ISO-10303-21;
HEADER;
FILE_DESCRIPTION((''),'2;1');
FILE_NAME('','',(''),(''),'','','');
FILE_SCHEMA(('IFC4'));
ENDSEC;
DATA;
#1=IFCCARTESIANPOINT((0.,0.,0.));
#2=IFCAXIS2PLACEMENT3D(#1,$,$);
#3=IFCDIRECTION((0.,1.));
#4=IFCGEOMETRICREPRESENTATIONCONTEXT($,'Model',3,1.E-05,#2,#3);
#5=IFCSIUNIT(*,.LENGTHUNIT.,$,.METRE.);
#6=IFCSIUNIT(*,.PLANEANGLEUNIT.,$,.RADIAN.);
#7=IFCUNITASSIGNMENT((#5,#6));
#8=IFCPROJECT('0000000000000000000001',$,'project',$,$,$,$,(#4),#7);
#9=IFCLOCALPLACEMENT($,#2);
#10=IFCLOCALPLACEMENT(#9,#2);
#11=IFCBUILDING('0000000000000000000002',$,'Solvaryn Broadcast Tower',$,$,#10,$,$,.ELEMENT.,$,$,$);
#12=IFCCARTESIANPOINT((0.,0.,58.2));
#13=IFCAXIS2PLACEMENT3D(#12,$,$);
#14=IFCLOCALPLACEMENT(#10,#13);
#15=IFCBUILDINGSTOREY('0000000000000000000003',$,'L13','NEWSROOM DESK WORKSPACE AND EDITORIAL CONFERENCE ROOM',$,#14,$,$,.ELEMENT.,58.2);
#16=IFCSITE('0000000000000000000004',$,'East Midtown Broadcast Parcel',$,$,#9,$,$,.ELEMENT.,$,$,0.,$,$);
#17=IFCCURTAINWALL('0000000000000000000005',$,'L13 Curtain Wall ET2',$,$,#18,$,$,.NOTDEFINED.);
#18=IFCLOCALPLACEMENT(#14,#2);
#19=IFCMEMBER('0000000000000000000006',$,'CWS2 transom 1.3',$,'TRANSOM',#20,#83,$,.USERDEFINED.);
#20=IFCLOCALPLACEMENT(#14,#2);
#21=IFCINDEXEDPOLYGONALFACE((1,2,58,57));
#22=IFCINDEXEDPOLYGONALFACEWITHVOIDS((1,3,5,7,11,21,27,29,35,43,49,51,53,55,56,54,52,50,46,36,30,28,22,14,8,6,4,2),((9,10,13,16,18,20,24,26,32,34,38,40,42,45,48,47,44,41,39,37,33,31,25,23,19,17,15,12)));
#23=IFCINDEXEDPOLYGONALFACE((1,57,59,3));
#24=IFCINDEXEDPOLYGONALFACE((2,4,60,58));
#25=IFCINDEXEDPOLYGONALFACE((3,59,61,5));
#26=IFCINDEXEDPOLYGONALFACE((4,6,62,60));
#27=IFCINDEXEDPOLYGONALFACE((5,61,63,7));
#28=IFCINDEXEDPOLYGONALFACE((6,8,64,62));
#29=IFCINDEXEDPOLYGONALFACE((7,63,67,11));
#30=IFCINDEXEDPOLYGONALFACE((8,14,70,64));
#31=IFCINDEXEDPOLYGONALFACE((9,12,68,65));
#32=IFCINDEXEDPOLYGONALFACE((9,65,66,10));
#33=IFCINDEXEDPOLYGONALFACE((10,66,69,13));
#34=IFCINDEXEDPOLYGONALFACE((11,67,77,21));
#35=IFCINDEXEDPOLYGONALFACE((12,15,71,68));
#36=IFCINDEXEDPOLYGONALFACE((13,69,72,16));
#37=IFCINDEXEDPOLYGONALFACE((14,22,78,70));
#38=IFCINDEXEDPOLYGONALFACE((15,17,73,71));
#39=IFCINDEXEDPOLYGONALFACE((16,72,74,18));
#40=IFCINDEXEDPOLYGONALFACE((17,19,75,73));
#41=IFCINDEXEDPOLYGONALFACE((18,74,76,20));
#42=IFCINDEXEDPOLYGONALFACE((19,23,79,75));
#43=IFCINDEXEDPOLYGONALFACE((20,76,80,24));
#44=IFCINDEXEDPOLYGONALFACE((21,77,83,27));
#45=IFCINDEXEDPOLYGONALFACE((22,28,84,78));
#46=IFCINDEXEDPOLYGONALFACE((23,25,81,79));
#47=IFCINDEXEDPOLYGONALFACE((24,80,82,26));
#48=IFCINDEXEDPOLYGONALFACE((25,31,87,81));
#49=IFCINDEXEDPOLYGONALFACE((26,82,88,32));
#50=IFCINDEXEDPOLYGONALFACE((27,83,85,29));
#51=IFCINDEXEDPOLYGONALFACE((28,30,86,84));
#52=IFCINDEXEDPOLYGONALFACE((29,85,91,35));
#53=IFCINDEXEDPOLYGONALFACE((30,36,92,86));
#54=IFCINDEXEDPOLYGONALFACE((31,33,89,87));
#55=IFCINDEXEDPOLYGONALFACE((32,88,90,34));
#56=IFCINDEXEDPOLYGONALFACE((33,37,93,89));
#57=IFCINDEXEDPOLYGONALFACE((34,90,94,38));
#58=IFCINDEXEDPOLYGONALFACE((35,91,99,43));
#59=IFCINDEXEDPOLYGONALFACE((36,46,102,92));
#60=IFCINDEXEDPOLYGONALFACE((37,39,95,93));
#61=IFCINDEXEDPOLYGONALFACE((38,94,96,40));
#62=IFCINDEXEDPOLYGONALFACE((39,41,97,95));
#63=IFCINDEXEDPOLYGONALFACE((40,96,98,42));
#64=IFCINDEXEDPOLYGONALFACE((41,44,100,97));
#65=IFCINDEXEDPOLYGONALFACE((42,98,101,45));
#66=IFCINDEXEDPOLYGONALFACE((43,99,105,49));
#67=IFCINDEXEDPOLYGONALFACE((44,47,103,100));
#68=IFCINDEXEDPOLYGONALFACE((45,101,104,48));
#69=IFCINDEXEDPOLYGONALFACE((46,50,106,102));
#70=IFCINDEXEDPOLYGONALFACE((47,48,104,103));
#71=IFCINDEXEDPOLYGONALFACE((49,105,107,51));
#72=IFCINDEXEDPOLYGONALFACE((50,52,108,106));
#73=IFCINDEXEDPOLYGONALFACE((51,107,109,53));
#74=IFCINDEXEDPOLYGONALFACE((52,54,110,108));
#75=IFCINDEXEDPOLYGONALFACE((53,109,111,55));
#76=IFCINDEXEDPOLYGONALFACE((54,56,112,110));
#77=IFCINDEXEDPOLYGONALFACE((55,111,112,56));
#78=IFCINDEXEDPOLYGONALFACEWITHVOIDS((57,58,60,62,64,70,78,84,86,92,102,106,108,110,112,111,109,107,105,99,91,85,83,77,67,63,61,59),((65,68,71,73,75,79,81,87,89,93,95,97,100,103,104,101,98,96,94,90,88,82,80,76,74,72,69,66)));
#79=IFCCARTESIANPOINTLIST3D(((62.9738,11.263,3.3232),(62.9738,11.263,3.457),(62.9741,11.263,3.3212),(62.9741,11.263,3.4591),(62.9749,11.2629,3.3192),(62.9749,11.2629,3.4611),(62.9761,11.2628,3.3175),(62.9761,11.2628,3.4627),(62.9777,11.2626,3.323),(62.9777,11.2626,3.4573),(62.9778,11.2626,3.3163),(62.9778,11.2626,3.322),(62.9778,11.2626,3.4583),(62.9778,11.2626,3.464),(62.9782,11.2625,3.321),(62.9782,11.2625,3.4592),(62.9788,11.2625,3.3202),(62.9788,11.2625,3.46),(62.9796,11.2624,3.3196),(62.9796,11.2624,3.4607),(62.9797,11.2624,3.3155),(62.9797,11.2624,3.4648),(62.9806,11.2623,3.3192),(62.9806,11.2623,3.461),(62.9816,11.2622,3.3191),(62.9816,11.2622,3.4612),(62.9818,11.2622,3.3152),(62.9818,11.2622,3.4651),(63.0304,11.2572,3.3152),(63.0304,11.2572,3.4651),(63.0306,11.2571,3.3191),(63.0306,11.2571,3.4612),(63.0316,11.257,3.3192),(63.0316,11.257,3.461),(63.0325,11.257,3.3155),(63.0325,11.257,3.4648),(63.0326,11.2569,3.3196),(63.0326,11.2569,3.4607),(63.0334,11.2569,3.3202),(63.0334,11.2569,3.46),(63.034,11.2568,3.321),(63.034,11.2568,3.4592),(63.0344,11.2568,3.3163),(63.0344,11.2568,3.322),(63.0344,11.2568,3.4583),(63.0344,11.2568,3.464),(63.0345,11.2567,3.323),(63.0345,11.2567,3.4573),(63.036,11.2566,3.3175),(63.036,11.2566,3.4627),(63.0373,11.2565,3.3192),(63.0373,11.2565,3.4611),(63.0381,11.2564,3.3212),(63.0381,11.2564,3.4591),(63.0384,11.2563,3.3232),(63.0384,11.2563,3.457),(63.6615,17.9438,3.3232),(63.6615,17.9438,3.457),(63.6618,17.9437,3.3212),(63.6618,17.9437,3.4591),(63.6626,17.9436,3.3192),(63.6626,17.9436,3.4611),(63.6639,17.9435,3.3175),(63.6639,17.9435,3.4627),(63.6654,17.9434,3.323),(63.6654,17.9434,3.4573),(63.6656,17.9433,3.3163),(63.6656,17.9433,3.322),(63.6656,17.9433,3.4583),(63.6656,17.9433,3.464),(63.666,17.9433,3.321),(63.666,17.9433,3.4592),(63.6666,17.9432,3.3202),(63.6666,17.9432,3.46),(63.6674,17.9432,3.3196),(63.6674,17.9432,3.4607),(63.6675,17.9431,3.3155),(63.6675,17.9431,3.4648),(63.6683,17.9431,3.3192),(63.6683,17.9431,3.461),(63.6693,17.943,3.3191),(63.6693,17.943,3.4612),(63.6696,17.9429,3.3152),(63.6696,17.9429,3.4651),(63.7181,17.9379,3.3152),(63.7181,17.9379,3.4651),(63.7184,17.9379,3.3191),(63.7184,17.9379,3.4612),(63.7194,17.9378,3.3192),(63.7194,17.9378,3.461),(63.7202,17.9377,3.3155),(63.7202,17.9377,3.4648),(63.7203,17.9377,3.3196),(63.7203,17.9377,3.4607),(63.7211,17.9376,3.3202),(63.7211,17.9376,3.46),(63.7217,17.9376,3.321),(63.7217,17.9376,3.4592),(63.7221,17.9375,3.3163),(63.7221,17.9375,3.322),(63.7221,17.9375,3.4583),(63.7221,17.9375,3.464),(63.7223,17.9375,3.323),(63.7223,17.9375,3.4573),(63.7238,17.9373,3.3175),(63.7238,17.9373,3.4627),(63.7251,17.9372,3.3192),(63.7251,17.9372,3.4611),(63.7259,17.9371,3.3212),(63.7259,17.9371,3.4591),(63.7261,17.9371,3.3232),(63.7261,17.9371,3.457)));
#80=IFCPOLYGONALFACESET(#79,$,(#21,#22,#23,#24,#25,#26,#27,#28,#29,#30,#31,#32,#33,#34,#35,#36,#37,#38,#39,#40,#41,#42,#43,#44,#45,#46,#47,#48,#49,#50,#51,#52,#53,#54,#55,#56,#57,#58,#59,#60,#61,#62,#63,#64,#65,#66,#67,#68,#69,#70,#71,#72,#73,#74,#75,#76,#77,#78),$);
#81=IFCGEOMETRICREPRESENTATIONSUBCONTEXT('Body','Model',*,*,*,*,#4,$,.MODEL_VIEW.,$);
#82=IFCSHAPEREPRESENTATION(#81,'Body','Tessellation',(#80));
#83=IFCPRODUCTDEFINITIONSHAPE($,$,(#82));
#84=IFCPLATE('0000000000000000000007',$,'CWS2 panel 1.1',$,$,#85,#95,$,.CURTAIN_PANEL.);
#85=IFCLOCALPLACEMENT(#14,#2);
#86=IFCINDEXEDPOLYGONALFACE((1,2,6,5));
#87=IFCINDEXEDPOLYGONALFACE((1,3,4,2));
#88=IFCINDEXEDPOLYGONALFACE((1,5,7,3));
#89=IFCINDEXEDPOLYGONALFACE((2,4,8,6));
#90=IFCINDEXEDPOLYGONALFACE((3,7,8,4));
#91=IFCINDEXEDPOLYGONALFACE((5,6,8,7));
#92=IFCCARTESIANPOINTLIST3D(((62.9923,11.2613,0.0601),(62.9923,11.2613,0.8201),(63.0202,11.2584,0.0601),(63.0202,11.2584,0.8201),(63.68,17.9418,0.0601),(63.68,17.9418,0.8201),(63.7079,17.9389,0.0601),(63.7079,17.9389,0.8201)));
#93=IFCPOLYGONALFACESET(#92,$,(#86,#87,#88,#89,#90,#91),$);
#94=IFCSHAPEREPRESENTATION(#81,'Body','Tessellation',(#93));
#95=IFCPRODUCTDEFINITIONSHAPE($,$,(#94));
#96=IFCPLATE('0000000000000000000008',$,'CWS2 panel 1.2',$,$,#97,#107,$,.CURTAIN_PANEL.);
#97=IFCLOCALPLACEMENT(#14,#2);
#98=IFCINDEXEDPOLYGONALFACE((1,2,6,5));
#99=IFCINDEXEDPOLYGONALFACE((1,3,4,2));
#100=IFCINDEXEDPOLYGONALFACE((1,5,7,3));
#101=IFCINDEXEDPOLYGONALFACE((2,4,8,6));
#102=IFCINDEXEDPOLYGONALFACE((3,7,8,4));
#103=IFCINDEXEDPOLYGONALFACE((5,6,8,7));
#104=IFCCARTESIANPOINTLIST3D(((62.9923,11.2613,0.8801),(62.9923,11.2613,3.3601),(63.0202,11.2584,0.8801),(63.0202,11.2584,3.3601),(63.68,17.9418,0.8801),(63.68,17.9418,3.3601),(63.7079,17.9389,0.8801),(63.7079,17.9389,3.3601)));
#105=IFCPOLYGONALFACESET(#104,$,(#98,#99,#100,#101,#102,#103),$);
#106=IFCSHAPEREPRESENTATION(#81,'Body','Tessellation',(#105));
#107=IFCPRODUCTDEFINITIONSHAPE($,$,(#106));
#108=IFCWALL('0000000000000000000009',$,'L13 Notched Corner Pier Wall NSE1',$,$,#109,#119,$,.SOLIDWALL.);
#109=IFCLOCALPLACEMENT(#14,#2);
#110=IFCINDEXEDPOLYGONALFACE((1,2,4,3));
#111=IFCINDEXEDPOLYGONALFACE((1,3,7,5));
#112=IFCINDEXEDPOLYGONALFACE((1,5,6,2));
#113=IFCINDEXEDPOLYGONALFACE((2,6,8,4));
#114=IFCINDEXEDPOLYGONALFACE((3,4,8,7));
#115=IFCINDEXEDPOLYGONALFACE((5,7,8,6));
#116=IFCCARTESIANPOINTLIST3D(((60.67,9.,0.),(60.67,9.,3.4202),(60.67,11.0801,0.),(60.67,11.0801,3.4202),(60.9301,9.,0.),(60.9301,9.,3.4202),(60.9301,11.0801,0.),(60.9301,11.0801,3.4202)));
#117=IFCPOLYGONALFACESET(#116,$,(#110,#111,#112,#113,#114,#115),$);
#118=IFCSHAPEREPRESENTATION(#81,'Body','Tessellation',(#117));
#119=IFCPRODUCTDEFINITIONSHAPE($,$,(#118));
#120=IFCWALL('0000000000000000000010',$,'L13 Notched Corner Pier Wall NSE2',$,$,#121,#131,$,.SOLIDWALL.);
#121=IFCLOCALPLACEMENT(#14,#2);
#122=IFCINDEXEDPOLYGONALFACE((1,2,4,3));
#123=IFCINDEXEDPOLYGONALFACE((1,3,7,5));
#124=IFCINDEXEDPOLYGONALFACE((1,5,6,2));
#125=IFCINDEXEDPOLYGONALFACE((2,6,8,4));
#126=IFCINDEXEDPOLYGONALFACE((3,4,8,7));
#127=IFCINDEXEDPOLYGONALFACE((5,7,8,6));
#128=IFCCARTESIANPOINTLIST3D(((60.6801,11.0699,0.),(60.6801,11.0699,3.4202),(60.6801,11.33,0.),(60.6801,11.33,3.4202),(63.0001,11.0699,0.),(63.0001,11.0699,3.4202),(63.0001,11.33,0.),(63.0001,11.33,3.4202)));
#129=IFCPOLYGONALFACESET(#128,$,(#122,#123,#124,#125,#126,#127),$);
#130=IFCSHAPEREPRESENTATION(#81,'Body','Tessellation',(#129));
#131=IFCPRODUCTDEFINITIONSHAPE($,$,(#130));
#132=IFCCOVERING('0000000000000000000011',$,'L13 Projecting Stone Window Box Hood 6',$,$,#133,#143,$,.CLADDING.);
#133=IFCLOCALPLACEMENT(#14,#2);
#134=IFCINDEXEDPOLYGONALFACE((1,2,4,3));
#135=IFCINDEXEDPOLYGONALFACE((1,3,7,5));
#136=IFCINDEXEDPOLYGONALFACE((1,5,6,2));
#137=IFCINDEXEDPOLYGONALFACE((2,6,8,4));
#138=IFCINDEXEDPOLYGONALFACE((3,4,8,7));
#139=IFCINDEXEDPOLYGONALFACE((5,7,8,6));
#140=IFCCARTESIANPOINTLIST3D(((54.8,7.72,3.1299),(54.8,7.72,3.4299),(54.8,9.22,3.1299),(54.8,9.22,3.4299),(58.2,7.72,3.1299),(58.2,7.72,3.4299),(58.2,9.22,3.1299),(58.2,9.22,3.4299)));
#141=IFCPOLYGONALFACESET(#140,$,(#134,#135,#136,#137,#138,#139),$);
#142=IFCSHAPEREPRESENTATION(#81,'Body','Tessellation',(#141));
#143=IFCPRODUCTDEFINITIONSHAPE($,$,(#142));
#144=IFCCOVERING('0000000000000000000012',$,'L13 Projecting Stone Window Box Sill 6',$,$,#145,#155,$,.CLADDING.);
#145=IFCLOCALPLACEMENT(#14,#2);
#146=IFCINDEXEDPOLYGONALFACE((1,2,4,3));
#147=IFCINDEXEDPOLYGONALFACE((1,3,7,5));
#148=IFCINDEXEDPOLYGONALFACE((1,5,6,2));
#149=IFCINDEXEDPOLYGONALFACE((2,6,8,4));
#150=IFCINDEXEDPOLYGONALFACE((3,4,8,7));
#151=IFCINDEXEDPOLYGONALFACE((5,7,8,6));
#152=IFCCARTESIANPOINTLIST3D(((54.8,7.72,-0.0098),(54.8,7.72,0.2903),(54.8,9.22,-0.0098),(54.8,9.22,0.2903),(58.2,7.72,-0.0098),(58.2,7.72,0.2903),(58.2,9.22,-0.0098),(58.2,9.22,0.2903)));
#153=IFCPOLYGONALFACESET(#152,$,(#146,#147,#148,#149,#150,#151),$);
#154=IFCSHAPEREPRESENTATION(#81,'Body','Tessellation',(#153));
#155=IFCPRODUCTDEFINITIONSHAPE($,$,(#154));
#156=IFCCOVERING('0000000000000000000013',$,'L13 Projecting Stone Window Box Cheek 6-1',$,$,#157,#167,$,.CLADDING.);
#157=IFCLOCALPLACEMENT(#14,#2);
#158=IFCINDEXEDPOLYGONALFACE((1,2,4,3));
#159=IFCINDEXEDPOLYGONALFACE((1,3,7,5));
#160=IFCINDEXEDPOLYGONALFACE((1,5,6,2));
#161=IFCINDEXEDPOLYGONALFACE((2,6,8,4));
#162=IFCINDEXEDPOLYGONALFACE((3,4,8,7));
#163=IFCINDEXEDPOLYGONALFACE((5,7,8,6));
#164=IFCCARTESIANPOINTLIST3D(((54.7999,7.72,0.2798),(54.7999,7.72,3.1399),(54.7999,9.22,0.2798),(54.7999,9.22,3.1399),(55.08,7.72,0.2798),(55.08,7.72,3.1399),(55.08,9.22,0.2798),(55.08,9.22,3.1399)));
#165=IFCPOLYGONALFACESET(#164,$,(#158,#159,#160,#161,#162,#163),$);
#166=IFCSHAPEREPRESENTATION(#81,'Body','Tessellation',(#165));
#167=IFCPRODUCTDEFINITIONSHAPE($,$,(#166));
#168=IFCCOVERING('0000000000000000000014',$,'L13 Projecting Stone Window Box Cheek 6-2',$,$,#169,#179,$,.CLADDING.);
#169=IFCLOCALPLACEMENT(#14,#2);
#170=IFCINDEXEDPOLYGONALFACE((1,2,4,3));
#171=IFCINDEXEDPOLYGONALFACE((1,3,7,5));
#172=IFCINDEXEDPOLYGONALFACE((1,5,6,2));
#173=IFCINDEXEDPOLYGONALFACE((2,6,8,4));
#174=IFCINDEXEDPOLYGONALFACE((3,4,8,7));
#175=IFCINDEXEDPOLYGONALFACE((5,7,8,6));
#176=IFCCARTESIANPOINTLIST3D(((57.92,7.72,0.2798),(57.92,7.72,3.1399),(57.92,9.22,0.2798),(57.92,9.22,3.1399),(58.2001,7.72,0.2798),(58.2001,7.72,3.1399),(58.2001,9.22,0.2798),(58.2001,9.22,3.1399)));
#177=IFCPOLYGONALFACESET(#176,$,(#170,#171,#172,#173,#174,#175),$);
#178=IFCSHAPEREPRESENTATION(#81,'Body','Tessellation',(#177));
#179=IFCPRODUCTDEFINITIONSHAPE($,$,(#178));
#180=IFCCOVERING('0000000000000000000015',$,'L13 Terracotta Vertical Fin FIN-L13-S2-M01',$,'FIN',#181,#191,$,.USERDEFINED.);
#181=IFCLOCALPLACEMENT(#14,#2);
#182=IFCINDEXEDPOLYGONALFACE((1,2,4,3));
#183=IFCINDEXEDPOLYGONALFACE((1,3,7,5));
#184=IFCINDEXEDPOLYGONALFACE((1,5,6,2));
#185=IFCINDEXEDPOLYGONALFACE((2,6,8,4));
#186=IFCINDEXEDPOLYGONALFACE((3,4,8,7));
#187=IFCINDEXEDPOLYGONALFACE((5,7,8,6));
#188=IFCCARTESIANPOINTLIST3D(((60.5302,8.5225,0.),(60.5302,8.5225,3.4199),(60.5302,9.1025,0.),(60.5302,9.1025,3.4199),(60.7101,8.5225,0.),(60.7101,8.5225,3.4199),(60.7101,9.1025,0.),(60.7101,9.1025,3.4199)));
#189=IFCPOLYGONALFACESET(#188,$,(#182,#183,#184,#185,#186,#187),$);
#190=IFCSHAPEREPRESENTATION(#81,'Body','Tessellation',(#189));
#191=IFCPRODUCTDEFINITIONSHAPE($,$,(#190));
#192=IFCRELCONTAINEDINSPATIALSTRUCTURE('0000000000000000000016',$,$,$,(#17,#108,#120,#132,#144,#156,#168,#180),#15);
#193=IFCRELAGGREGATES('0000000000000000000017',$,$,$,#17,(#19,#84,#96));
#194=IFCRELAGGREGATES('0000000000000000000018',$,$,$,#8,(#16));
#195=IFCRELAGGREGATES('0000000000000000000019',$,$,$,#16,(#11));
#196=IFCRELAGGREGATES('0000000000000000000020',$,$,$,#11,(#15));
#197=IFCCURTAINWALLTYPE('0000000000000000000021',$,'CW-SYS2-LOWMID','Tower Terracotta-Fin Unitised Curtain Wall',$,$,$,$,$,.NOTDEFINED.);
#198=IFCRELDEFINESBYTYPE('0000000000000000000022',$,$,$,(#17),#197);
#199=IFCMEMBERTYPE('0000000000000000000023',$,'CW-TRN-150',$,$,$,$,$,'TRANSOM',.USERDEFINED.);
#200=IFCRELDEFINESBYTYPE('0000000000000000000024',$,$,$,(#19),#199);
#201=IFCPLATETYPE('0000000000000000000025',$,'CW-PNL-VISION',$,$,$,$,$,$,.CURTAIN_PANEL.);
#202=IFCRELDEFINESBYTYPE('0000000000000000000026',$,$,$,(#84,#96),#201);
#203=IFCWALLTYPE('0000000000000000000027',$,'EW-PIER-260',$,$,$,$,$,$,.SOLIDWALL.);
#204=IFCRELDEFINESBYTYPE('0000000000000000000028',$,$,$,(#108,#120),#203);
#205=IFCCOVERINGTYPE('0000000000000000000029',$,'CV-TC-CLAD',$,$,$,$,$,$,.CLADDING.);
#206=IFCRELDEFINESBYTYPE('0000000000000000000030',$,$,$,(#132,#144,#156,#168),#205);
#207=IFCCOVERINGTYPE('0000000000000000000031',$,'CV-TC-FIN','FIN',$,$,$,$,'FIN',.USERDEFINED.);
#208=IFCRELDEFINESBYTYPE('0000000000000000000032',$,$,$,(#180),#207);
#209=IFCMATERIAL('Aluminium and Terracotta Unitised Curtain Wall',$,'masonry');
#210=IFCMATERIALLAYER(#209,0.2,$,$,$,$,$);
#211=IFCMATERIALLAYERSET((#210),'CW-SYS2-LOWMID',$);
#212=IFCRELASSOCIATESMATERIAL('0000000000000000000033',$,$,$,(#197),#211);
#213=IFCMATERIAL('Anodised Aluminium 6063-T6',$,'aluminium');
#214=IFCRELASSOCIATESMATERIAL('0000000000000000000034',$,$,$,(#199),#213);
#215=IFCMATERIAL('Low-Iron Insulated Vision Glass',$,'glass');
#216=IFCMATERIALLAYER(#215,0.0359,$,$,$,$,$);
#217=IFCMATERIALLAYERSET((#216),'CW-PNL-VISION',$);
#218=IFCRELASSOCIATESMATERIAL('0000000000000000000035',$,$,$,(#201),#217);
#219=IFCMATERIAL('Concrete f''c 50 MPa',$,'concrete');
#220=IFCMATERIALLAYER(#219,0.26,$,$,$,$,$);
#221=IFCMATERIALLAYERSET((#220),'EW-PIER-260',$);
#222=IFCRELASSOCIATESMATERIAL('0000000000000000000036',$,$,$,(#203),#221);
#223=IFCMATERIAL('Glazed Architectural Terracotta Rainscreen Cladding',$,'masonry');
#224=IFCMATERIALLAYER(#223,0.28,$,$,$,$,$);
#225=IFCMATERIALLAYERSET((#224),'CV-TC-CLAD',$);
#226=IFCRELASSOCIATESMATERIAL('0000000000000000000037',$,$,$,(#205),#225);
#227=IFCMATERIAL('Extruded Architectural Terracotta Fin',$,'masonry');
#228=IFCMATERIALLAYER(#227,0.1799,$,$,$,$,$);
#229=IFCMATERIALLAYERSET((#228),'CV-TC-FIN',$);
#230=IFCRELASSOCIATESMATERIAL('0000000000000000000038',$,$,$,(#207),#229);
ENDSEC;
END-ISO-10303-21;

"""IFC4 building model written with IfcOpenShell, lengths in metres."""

from ifc_helpers import new_model, si_unit, direction, frame, frame_2d, origin, origin_2d, place, context, subcontext, project, spatial, rectangle, hollow_rectangle, extrude, material, layer, layer_set, material_profile, profile_set, type_object, element, aggregate, save


model = new_model("IFC4")

# Units and contexts
model_context = context("Model", 3, precision=1e-05, world=origin(), true_north=direction((0.0, 1.0)))
body_context = subcontext(model_context, "Body", "Model", "MODEL_VIEW")
ifc_project = project(units=[si_unit("LENGTHUNIT", "METRE"), si_unit("PLANEANGLEUNIT", "RADIAN")], contexts=[model_context])

# Site, building, storey
site_placement = place(None, origin())
site = spatial("IfcSite", under=ifc_project, at=site_placement, Name="East Midtown Broadcast Parcel", CompositionType="ELEMENT", RefElevation=0.0)
building_placement = place(site_placement, origin())
building = spatial("IfcBuilding", under=site, at=building_placement, Name="Solvaryn Broadcast Tower", CompositionType="ELEMENT")
storey_placement = place(building_placement, frame((0.0, 0.0, 58.2)))
storey = spatial("IfcBuildingStorey", under=building, at=storey_placement, Name="L13", Description="NEWSROOM DESK WORKSPACE AND EDITORIAL CONFERENCE ROOM", CompositionType="ELEMENT", Elevation=58.2)

# Shared definitions
ifc_material_1 = material(Name="Aluminium and Terracotta Unitised Curtain Wall", Category="masonry")
ifc_layer_1 = layer(ifc_material_1, 0.2)
ifc_layer_set_1 = layer_set([ifc_layer_1], Name="CW-SYS2-LOWMID")
curtain_wall_type = type_object("IfcCurtainWallType", Name="CW-SYS2-LOWMID", Description="Tower Terracotta-Fin Unitised Curtain Wall", PredefinedType="NOTDEFINED", material=ifc_layer_set_1)

# Curtain wall, member, plates
curtain_wall_1_placement = place(storey_placement, origin())
curtain_wall_1 = element("IfcCurtainWall", 1, at=curtain_wall_1_placement, inside=storey, type_object=curtain_wall_type, Name="L13 Curtain Wall ET2", PredefinedType="NOTDEFINED")
ifc_material_2 = material(Name="Anodised Aluminium 6063-T6", Category="aluminium")
ifc_material_profile_1 = material_profile(ifc_material_2, hollow_rectangle(XDim=0.0649, YDim=0.1499, WallThickness=0.0039, InnerFilletRadius=0.0039, OuterFilletRadius=0.0081, at=origin_2d()))
ifc_profile_set_1 = profile_set([ifc_material_profile_1], Name="Anodised Aluminium 6063-T6")
member_type_1 = type_object("IfcMemberType", Name="CW-TRN-150", ElementType="TRANSOM", PredefinedType="USERDEFINED", material=ifc_profile_set_1)
member_1_placement = place(storey_placement, frame((63.6938, 17.9404, 3.3901), z_axis=(-0.102404, -0.994743, 0.0), x_axis=(0.994743, -0.102404, 0.0)))
member_1 = element("IfcMember", 2, at=member_1_placement, type_object=member_type_1, Name="CWS2 transom 1.3", ObjectType="TRANSOM", PredefinedType="USERDEFINED", context=body_context, shape_type="SweptSolid", body=[
    extrude(hollow_rectangle(XDim=0.0649, YDim=0.1499, WallThickness=0.0039, InnerFilletRadius=0.0039, OuterFilletRadius=0.0081, at=origin_2d()), origin(), (0.0, 0.0, 1.0), 6.7161),
])
ifc_material_3 = material(Name="Low-Iron Insulated Vision Glass", Category="glass")
ifc_layer_2 = layer(ifc_material_3, 0.0359)
ifc_layer_set_2 = layer_set([ifc_layer_2], Name="CW-PNL-VISION")
plate_type = type_object("IfcPlateType", Name="CW-PNL-VISION", PredefinedType="CURTAIN_PANEL", material=ifc_layer_set_2)
plate_1_placement = place(storey_placement, frame((63.3501, 14.6001, 0.0601), z_axis=(0.0, 0.0, 1.0), x_axis=(-0.1024, -0.994743, 0.0)))
plate_1 = element("IfcPlate", 3, at=plate_1_placement, type_object=plate_type, Name="CWS2 panel 1.1", PredefinedType="CURTAIN_PANEL", context=body_context, shape_type="SweptSolid", body=[
    extrude(rectangle(XDim=6.7158, YDim=0.0281, at=origin_2d()), origin(), (0.0, 0.0, 1.0), 0.76),
])
plate_2_placement = place(storey_placement, frame((63.3501, 14.6001, 0.8801), z_axis=(0.0, 0.0, 1.0), x_axis=(-0.1024, -0.994743, 0.0)))
plate_2 = element("IfcPlate", 4, at=plate_2_placement, type_object=plate_type, Name="CWS2 panel 1.2", PredefinedType="CURTAIN_PANEL", context=body_context, shape_type="SweptSolid", body=[
    extrude(rectangle(XDim=6.7158, YDim=0.0281, at=origin_2d()), origin(), (0.0, 0.0, 1.0), 2.48),
])
aggregate(curtain_wall_1, [member_1, plate_1, plate_2])

# Walls
ifc_material_4 = material(Name="Concrete f'c 50 MPa", Category="concrete")
ifc_layer_3 = layer(ifc_material_4, 0.26)
ifc_layer_set_3 = layer_set([ifc_layer_3], Name="EW-PIER-260")
wall_type = type_object("IfcWallType", Name="EW-PIER-260", PredefinedType="SOLIDWALL", material=ifc_layer_set_3)
wall_1_placement = place(storey_placement, frame((60.8, 9.0, 0.0), z_axis=(0.0, 0.0, 1.0), x_axis=(0.0, 1.0, 0.0)))
element("IfcWall", 5, at=wall_1_placement, inside=storey, type_object=wall_type, Name="L13 Notched Corner Pier Wall NSE1", PredefinedType="SOLIDWALL", context=body_context, shape_type="SweptSolid", body=[
    extrude(rectangle(XDim=2.0801, YDim=0.26, at=frame_2d((1.04, 0.0))), origin(), (0.0, 0.0, 1.0), 3.4202),
])
wall_2_placement = place(storey_placement, frame((60.6799, 11.2, 0.0), z_axis=(0.0, 0.0, 1.0), x_axis=(1.0, 0.0, 0.0)))
element("IfcWall", 6, at=wall_2_placement, inside=storey, type_object=wall_type, Name="L13 Notched Corner Pier Wall NSE2", PredefinedType="SOLIDWALL", context=body_context, shape_type="SweptSolid", body=[
    extrude(rectangle(XDim=2.3201, YDim=0.26, at=frame_2d((1.1602, 0.0))), origin(), (0.0, 0.0, 1.0), 3.4202),
])

# Coverings
ifc_material_5 = material(Name="Glazed Architectural Terracotta Rainscreen Cladding", Category="masonry")
ifc_layer_4 = layer(ifc_material_5, 0.28)
ifc_layer_set_4 = layer_set([ifc_layer_4], Name="CV-TC-CLAD")
covering_type_1 = type_object("IfcCoveringType", Name="CV-TC-CLAD", PredefinedType="CLADDING", material=ifc_layer_set_4)
for number, where, z_axis, x_axis, name in (
    (7, (56.5, 8.47, 3.1299), (0.0, 0.0, 1.0), (1.0, 0.0, 0.0), "L13 Projecting Stone Window Box Hood 6"),
    (8, (56.5, 8.47, -0.0098), (0.0, 0.0, 1.0), (1.0, 0.0, 0.0), "L13 Projecting Stone Window Box Sill 6"),
):
    element("IfcCovering", number, at=place(storey_placement, frame(where, z_axis=z_axis, x_axis=x_axis)), inside=storey, type_object=covering_type_1, Name=name, PredefinedType="CLADDING", context=body_context, shape_type="SweptSolid", body=[
        extrude(rectangle(XDim=3.3999, YDim=1.5, at=origin_2d()), origin(), (0.0, 0.0, 1.0), 0.3),
    ])
for number, where, z_axis, x_axis, name in (
    (9, (54.9399, 8.47, 0.2798), (0.0, 0.0, 1.0), (1.0, 0.0, 0.0), "L13 Projecting Stone Window Box Cheek 6-1"),
    (10, (58.0601, 8.47, 0.2798), (0.0, 0.0, 1.0), (1.0, 0.0, 0.0), "L13 Projecting Stone Window Box Cheek 6-2"),
):
    element("IfcCovering", number, at=place(storey_placement, frame(where, z_axis=z_axis, x_axis=x_axis)), inside=storey, type_object=covering_type_1, Name=name, PredefinedType="CLADDING", context=body_context, shape_type="SweptSolid", body=[
        extrude(rectangle(XDim=0.28, YDim=1.5, at=origin_2d()), origin(), (0.0, 0.0, 1.0), 2.8601),
    ])
ifc_material_6 = material(Name="Extruded Architectural Terracotta Fin", Category="masonry")
ifc_layer_5 = layer(ifc_material_6, 0.1799)
ifc_layer_set_5 = layer_set([ifc_layer_5], Name="CV-TC-FIN")
covering_type_2 = type_object("IfcCoveringType", Name="CV-TC-FIN", Description="FIN", ElementType="FIN", PredefinedType="USERDEFINED", material=ifc_layer_set_5)
covering_placement = place(storey_placement, frame((60.6201, 8.8125, 0.0), z_axis=(0.0, 0.0, 1.0), x_axis=(1.0, 0.0, 0.0)))
element("IfcCovering", 11, at=covering_placement, inside=storey, type_object=covering_type_2, Name="L13 Terracotta Vertical Fin FIN-L13-S2-M01", ObjectType="FIN", PredefinedType="USERDEFINED", context=body_context, shape_type="SweptSolid", body=[
    extrude(rectangle(XDim=0.1799, YDim=0.5801, at=origin_2d()), origin(), (0.0, 0.0, 1.0), 3.4199),
])

save(model, "model.ifc")
